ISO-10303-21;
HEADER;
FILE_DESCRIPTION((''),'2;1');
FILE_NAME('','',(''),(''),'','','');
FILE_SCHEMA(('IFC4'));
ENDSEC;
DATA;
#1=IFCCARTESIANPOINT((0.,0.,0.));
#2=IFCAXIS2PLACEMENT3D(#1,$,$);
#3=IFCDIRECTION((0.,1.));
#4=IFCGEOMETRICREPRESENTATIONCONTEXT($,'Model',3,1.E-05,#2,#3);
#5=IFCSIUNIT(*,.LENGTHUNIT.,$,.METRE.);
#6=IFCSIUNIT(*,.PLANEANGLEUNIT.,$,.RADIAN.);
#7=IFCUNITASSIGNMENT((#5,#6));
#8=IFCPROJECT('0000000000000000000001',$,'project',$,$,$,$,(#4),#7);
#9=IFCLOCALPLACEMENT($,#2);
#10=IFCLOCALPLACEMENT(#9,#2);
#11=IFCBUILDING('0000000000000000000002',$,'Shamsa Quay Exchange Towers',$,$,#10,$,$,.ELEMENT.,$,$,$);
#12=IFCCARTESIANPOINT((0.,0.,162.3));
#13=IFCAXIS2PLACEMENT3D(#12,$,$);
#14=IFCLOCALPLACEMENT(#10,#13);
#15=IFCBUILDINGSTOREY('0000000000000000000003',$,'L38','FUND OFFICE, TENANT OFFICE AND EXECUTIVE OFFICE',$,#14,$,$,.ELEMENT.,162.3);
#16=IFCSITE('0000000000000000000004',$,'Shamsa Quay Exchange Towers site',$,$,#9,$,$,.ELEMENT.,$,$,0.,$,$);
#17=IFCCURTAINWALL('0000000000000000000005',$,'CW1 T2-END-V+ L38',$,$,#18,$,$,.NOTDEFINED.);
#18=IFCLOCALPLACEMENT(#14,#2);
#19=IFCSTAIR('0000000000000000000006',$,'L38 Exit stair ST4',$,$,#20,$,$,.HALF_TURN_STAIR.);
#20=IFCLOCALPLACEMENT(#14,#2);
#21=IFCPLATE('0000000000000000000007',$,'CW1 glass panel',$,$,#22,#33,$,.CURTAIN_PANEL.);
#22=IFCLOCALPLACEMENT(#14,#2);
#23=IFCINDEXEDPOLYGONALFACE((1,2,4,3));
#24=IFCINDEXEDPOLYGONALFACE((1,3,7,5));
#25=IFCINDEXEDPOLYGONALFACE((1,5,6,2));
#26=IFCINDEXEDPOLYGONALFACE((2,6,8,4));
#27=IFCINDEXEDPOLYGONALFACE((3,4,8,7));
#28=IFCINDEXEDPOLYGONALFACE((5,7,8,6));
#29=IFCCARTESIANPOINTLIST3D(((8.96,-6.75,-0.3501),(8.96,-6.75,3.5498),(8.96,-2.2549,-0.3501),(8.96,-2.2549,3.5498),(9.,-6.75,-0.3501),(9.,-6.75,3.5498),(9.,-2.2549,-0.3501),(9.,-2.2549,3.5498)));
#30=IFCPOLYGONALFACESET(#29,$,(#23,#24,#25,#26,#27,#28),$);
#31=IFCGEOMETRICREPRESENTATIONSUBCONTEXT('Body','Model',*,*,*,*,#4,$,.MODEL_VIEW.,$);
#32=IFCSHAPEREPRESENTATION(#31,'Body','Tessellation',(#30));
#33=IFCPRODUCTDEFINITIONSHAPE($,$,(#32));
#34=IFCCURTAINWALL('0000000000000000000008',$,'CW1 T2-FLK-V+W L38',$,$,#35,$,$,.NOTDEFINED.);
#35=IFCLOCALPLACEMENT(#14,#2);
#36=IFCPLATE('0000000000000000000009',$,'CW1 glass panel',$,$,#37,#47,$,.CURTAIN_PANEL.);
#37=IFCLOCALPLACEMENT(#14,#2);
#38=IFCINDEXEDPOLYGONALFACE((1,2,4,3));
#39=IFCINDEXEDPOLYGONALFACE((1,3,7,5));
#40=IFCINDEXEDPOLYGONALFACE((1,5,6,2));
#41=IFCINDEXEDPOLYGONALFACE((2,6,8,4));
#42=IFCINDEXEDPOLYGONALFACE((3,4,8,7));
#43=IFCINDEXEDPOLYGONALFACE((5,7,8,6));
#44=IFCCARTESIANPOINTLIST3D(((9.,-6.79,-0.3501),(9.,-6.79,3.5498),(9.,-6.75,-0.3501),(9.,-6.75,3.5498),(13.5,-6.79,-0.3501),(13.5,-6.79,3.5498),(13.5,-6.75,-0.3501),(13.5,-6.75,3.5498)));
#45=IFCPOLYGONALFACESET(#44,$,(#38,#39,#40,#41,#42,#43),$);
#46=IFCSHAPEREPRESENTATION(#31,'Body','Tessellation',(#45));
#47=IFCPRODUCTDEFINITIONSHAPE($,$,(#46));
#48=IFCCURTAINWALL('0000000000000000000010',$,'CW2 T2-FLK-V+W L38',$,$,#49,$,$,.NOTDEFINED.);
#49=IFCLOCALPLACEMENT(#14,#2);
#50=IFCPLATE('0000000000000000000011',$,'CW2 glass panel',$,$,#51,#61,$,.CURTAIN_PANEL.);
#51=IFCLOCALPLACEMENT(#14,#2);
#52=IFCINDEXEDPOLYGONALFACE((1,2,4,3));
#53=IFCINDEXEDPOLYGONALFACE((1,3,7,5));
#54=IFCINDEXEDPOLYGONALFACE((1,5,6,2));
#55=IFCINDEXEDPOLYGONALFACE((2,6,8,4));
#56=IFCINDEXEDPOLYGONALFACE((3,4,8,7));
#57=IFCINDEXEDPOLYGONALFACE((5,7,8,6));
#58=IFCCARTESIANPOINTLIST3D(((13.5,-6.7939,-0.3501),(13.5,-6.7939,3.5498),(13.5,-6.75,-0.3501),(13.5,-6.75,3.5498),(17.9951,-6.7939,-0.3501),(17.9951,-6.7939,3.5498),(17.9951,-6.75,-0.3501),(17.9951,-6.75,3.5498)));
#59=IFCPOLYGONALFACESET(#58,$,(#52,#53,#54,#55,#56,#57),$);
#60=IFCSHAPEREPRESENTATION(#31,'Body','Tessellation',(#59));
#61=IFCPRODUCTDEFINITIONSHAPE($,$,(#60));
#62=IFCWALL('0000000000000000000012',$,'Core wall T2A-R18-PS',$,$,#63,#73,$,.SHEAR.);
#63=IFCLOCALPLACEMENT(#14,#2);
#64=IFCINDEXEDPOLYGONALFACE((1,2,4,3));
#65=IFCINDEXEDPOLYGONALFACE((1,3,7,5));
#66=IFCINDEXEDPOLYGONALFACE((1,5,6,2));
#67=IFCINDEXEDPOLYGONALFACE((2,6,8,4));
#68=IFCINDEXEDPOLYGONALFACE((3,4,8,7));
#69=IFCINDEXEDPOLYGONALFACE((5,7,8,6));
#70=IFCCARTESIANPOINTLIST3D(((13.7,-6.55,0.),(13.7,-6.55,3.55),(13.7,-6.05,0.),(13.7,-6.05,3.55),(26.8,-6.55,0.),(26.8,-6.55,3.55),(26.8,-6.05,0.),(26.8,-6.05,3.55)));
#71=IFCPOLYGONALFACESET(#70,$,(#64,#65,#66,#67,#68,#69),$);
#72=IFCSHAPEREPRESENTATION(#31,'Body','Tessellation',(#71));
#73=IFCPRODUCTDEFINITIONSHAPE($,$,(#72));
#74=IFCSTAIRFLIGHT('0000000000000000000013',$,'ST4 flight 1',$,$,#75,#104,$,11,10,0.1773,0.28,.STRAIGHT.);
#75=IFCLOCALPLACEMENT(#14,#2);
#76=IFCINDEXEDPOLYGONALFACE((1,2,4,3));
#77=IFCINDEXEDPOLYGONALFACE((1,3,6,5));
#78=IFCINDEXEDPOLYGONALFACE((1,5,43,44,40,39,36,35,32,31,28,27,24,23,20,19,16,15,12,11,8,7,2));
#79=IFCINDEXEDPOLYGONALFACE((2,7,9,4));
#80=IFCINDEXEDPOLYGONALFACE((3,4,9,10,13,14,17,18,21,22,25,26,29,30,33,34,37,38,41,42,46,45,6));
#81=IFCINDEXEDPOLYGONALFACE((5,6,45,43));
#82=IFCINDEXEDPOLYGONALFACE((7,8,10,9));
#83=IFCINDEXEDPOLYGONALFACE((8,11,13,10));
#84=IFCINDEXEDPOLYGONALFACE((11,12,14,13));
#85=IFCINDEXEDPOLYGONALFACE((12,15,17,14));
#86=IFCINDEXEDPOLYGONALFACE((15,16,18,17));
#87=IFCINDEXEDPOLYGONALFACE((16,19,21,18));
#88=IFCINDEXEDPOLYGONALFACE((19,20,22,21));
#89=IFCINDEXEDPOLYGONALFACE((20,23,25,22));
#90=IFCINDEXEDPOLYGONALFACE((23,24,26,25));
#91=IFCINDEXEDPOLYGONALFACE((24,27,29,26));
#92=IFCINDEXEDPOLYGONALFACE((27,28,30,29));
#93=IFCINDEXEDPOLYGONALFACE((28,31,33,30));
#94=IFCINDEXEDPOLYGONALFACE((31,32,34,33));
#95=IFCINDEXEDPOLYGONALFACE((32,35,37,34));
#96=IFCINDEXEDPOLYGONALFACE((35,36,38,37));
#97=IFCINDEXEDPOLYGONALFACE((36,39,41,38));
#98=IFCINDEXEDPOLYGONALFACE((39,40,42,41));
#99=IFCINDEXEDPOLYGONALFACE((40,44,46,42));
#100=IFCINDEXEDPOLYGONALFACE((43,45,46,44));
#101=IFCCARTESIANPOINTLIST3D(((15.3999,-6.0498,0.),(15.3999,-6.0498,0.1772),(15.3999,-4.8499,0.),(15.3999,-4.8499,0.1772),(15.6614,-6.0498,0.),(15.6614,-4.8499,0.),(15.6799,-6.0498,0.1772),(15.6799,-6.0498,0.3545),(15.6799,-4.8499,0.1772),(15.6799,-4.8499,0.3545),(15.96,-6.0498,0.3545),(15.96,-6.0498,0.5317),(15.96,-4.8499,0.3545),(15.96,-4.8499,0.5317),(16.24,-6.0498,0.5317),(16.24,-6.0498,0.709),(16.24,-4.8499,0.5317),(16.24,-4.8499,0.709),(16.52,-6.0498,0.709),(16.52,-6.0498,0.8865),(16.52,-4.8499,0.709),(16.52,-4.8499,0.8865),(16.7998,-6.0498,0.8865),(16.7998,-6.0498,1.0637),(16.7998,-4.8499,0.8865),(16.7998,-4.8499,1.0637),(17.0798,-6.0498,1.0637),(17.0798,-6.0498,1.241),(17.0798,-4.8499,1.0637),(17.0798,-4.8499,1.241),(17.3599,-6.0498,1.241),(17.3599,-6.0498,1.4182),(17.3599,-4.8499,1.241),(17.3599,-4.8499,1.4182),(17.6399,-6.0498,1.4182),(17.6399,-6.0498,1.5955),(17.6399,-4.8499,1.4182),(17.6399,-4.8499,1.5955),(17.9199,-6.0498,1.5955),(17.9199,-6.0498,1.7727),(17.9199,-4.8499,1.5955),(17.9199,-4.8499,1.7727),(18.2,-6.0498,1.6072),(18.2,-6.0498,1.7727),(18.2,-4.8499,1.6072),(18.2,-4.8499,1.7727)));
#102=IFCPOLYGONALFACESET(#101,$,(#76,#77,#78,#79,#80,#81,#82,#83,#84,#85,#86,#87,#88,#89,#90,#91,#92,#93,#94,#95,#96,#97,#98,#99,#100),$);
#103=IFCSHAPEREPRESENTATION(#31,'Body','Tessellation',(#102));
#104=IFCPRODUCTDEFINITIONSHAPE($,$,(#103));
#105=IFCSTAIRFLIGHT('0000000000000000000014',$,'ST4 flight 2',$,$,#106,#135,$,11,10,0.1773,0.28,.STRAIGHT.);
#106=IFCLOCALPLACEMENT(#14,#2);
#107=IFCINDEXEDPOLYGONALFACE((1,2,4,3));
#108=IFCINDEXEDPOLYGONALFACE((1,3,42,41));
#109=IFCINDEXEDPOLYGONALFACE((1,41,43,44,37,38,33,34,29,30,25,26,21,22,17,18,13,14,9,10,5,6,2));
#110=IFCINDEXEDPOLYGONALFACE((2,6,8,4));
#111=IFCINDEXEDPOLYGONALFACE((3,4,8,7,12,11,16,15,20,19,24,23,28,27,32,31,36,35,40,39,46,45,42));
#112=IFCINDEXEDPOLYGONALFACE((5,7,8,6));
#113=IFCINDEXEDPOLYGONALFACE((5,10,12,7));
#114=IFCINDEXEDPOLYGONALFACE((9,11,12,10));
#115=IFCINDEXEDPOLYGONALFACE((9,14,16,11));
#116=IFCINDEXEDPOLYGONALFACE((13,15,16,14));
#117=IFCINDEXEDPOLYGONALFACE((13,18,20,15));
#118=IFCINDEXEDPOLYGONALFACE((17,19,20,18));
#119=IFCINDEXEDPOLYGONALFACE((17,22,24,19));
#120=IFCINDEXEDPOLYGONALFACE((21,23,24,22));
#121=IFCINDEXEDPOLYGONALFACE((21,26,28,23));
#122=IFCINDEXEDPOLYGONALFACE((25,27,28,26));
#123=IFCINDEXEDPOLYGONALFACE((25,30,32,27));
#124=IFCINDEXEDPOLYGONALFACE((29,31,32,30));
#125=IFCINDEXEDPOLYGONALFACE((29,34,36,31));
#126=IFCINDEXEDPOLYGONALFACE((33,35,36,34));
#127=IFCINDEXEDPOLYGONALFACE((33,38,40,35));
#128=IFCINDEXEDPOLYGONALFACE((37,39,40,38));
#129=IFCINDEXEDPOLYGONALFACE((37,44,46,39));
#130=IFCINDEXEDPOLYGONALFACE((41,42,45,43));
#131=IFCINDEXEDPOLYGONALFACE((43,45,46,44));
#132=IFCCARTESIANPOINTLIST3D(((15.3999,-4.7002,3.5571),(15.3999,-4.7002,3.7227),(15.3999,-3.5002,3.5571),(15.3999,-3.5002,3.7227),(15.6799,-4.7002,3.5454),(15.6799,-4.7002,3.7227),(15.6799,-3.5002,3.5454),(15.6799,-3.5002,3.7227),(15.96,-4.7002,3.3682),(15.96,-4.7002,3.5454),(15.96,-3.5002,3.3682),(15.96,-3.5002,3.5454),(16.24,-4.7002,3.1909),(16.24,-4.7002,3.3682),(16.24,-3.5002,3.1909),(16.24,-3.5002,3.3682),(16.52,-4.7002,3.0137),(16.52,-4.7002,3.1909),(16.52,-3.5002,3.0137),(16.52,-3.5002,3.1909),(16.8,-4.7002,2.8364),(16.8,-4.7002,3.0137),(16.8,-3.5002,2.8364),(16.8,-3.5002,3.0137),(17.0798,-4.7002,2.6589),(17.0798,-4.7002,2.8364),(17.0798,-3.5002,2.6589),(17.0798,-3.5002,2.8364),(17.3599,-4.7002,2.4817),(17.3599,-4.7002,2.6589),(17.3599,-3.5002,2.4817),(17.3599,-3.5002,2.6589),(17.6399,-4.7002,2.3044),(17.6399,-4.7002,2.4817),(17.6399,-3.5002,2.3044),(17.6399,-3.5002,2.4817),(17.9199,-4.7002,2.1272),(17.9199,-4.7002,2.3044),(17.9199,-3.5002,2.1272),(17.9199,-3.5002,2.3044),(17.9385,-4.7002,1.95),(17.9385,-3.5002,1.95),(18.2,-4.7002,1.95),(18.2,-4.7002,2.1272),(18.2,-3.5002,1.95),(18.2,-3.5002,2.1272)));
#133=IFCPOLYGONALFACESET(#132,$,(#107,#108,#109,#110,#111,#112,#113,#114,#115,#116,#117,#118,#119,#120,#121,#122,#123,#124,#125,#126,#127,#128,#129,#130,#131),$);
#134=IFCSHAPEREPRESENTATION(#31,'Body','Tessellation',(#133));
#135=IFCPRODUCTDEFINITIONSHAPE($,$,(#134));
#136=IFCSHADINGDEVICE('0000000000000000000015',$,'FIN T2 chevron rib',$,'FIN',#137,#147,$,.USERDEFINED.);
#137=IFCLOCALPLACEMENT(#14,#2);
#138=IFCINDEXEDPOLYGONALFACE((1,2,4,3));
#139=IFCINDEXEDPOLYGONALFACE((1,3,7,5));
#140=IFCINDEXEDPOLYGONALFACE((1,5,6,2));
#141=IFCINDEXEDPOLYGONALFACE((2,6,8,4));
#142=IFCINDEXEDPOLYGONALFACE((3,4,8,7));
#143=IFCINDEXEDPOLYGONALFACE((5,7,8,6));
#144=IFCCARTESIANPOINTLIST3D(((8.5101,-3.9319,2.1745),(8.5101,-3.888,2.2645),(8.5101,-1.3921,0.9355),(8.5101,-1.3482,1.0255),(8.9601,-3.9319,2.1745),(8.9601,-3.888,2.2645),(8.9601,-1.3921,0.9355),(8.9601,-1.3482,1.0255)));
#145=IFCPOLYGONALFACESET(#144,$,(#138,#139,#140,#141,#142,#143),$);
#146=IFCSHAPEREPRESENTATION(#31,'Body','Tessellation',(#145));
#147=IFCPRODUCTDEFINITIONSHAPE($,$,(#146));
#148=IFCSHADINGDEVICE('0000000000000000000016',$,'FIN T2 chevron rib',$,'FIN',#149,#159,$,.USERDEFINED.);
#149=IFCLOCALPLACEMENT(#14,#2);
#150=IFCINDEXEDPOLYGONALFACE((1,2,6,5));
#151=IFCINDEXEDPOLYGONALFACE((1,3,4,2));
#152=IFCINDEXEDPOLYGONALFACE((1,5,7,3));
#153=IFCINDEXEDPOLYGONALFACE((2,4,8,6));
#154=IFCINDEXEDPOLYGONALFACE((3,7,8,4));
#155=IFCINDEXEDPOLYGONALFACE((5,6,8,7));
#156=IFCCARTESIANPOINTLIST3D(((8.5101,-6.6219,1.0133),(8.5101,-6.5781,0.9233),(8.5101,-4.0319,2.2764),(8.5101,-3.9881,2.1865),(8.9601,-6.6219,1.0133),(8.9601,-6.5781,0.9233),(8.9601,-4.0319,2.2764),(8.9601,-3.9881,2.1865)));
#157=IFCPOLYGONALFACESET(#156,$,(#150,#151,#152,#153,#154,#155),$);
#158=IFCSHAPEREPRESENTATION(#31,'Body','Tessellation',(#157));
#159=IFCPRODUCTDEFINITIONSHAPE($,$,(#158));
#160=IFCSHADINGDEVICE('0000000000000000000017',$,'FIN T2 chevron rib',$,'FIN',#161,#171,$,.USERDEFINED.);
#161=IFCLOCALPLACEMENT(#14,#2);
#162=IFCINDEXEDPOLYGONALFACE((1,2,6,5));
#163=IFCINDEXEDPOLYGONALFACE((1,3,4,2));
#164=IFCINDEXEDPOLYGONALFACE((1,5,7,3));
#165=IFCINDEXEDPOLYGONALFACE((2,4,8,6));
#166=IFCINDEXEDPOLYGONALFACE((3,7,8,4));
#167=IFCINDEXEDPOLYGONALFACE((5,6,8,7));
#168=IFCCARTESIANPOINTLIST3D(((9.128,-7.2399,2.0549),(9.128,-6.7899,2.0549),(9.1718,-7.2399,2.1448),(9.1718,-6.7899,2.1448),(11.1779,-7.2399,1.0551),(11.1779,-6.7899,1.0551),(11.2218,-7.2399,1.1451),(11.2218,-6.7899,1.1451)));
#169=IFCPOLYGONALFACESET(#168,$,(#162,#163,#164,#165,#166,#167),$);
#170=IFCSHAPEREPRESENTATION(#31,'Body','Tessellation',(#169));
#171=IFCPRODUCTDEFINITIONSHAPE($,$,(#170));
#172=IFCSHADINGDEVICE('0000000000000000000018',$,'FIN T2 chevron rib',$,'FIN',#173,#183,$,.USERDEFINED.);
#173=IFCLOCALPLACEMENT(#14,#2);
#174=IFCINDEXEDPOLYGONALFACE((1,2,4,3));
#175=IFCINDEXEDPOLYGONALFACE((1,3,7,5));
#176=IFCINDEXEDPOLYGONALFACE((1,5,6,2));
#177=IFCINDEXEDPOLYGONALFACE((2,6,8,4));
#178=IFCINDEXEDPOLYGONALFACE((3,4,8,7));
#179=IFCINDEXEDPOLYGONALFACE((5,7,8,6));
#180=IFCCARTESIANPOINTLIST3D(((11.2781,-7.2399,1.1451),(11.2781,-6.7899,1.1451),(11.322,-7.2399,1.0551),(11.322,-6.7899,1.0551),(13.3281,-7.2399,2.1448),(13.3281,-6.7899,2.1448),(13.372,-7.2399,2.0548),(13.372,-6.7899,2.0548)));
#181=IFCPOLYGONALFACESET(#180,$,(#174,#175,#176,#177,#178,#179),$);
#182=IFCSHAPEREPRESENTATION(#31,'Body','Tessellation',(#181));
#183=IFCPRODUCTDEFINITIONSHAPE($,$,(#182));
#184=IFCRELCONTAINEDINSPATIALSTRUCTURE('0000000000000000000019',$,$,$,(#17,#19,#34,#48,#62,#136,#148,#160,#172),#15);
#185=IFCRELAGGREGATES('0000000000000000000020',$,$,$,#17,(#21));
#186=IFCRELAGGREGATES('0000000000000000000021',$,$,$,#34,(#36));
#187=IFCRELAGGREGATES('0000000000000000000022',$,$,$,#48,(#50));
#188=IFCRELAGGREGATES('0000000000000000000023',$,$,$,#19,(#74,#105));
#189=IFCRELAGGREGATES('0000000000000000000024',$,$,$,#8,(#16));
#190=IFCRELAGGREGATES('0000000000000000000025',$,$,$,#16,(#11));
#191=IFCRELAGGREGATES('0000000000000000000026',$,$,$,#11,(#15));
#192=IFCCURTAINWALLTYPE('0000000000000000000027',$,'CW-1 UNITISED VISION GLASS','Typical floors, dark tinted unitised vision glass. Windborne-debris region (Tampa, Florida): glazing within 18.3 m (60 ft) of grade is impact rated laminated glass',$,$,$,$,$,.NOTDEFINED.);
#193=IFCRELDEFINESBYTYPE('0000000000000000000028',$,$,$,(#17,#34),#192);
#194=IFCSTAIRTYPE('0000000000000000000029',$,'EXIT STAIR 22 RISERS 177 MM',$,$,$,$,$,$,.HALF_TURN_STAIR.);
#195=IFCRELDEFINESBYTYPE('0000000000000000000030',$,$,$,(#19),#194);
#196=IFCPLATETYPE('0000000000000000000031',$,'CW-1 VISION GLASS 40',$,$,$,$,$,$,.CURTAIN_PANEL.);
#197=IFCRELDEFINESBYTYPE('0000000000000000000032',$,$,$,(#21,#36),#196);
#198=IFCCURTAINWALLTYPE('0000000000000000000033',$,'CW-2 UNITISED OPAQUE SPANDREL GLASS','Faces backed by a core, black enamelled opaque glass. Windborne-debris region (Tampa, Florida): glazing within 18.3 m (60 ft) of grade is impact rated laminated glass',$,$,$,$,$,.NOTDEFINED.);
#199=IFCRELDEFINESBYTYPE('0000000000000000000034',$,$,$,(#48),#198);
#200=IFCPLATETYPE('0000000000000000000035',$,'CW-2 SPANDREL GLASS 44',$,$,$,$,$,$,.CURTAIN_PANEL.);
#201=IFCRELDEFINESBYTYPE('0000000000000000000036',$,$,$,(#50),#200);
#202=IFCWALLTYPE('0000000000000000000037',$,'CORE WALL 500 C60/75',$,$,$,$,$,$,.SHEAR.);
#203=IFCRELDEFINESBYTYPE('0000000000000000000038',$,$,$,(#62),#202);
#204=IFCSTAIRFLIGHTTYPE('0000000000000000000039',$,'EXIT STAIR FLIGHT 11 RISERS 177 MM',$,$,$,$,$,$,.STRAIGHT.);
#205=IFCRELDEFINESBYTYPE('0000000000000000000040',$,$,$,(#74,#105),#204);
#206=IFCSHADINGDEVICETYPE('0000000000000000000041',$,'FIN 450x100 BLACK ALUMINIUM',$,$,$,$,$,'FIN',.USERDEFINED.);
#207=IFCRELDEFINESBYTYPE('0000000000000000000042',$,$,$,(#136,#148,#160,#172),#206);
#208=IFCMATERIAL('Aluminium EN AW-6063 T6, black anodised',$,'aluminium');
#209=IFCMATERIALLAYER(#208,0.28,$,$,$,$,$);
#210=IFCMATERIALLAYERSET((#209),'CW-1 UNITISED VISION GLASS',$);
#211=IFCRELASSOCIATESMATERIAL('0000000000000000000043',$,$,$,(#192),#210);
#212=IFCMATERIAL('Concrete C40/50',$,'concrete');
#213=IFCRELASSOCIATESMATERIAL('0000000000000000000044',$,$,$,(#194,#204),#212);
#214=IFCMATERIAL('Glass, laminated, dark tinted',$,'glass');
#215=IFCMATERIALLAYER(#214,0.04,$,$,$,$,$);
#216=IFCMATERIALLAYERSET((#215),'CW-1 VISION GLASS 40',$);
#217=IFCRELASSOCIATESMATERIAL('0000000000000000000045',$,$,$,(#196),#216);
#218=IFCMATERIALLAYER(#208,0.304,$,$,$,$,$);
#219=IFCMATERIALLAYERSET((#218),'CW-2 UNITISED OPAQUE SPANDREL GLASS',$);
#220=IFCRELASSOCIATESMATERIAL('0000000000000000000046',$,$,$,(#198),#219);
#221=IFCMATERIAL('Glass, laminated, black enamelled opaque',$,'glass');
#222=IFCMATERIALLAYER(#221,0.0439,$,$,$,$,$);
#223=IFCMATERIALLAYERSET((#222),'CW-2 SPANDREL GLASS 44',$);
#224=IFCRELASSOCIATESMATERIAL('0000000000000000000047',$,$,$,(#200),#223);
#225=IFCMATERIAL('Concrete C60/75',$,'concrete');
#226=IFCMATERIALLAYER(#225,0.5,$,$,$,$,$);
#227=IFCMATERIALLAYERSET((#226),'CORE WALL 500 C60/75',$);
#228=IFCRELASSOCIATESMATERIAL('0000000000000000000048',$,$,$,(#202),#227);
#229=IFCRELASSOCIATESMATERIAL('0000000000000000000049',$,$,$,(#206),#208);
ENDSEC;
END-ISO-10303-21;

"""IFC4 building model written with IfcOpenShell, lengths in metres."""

from ifc_helpers import new_model, si_unit, direction, frame, frame_2d, origin, origin_2d, place, context, subcontext, project, spatial, polyline, rectangle, outline, extrude, material, layer, layer_set, material_profile, profile_set, type_object, element, aggregate, save


model = new_model("IFC4")

# Units and contexts
model_context = context("Model", 3, precision=1e-05, world=origin(), true_north=direction((0.0, 1.0)))
body_context = subcontext(model_context, "Body", "Model", "MODEL_VIEW")
ifc_project = project(units=[si_unit("LENGTHUNIT", "METRE"), si_unit("PLANEANGLEUNIT", "RADIAN")], contexts=[model_context])

# Site, building, storey
site_placement = place(None, origin())
site = spatial("IfcSite", under=ifc_project, at=site_placement, Name="Shamsa Quay Exchange Towers site", CompositionType="ELEMENT", RefElevation=0.0)
building_placement = place(site_placement, origin())
building = spatial("IfcBuilding", under=site, at=building_placement, Name="Shamsa Quay Exchange Towers", CompositionType="ELEMENT")
storey_placement = place(building_placement, frame((0.0, 0.0, 162.3)))
storey = spatial("IfcBuildingStorey", under=building, at=storey_placement, Name="L38", Description="FUND OFFICE, TENANT OFFICE AND EXECUTIVE OFFICE", CompositionType="ELEMENT", Elevation=162.3)

# Curtain wall
ifc_material_1 = material(Name="Aluminium EN AW-6063 T6, black anodised", Category="aluminium")
ifc_layer_1 = layer(ifc_material_1, 0.28)
ifc_layer_set_1 = layer_set([ifc_layer_1], Name="CW-1 UNITISED VISION GLASS")
curtain_wall_type_1 = type_object("IfcCurtainWallType", Name="CW-1 UNITISED VISION GLASS", Description="Typical floors, dark tinted unitised vision glass. Windborne-debris region (Tampa, Florida): glazing within 18.3 m (60 ft) of grade is impact rated laminated glass", PredefinedType="NOTDEFINED", material=ifc_layer_set_1)
curtain_wall_1_placement = place(storey_placement, origin())
curtain_wall_1 = element("IfcCurtainWall", 1, at=curtain_wall_1_placement, inside=storey, type_object=curtain_wall_type_1, Name="CW1 T2-END-V+ L38", PredefinedType="NOTDEFINED")

# Stair
ifc_material_2 = material(Name="Concrete C40/50", Category="concrete")
stair_type = type_object("IfcStairType", Name="EXIT STAIR 22 RISERS 177 MM", PredefinedType="HALF_TURN_STAIR", material=ifc_material_2)
stair_placement = place(storey_placement, origin())
stair = element("IfcStair", 2, at=stair_placement, inside=storey, type_object=stair_type, Name="L38 Exit stair ST4", PredefinedType="HALF_TURN_STAIR")

# Plate
ifc_material_3 = material(Name="Glass, laminated, dark tinted", Category="glass")
ifc_layer_2 = layer(ifc_material_3, 0.04)
ifc_layer_set_2 = layer_set([ifc_layer_2], Name="CW-1 VISION GLASS 40")
plate_type_1 = type_object("IfcPlateType", Name="CW-1 VISION GLASS 40", PredefinedType="CURTAIN_PANEL", material=ifc_layer_set_2)
plate_1_placement = place(storey_placement, frame((8.98, -4.5024, -0.3501), z_axis=(0.0, 0.0, 1.0), x_axis=(0.0, -1.0, 0.0)))
plate_1 = element("IfcPlate", 3, at=plate_1_placement, type_object=plate_type_1, Name="CW1 glass panel", PredefinedType="CURTAIN_PANEL", context=body_context, shape_type="SweptSolid", body=[
    extrude(rectangle(XDim=4.4951, YDim=0.04, at=origin_2d()), origin(), (0.0, 0.0, 1.0), 3.8999),
])
aggregate(curtain_wall_1, [plate_1])

# Curtain walls, plates
curtain_wall_2_placement = place(storey_placement, origin())
curtain_wall_2 = element("IfcCurtainWall", 4, at=curtain_wall_2_placement, inside=storey, type_object=curtain_wall_type_1, Name="CW1 T2-FLK-V+W L38", PredefinedType="NOTDEFINED")
plate_2_placement = place(storey_placement, frame((11.25, -6.77, -0.3501)))
plate_2 = element("IfcPlate", 5, at=plate_2_placement, type_object=plate_type_1, Name="CW1 glass panel", PredefinedType="CURTAIN_PANEL", context=body_context, shape_type="SweptSolid", body=[
    extrude(rectangle(XDim=4.5, YDim=0.04, at=origin_2d()), origin(), (0.0, 0.0, 1.0), 3.8999),
])
aggregate(curtain_wall_2, [plate_2])
ifc_layer_3 = layer(ifc_material_1, 0.304)
ifc_layer_set_3 = layer_set([ifc_layer_3], Name="CW-2 UNITISED OPAQUE SPANDREL GLASS")
curtain_wall_type_2 = type_object("IfcCurtainWallType", Name="CW-2 UNITISED OPAQUE SPANDREL GLASS", Description="Faces backed by a core, black enamelled opaque glass. Windborne-debris region (Tampa, Florida): glazing within 18.3 m (60 ft) of grade is impact rated laminated glass", PredefinedType="NOTDEFINED", material=ifc_layer_set_3)
curtain_wall_3_placement = place(storey_placement, origin())
curtain_wall_3 = element("IfcCurtainWall", 6, at=curtain_wall_3_placement, inside=storey, type_object=curtain_wall_type_2, Name="CW2 T2-FLK-V+W L38", PredefinedType="NOTDEFINED")
ifc_material_4 = material(Name="Glass, laminated, black enamelled opaque", Category="glass")
ifc_layer_4 = layer(ifc_material_4, 0.0439)
ifc_layer_set_4 = layer_set([ifc_layer_4], Name="CW-2 SPANDREL GLASS 44")
plate_type_2 = type_object("IfcPlateType", Name="CW-2 SPANDREL GLASS 44", PredefinedType="CURTAIN_PANEL", material=ifc_layer_set_4)
plate_3_placement = place(storey_placement, frame((15.7476, -6.772, -0.3501)))
plate_3 = element("IfcPlate", 7, at=plate_3_placement, type_object=plate_type_2, Name="CW2 glass panel", PredefinedType="CURTAIN_PANEL", context=body_context, shape_type="SweptSolid", body=[
    extrude(rectangle(XDim=4.4951, YDim=0.0439, at=origin_2d()), origin(), (0.0, 0.0, 1.0), 3.8999),
])
aggregate(curtain_wall_3, [plate_3])

# Wall
ifc_material_5 = material(Name="Concrete C60/75", Category="concrete")
ifc_layer_5 = layer(ifc_material_5, 0.5)
ifc_layer_set_5 = layer_set([ifc_layer_5], Name="CORE WALL 500 C60/75")
wall_type = type_object("IfcWallType", Name="CORE WALL 500 C60/75", PredefinedType="SHEAR", material=ifc_layer_set_5)
wall_placement = place(storey_placement, frame((13.7, -6.3, 0.0)))
element("IfcWall", 8, at=wall_placement, inside=storey, type_object=wall_type, Name="Core wall T2A-R18-PS", PredefinedType="SHEAR", context=body_context, shape_type="SweptSolid", body=[
    extrude(rectangle(XDim=13.1001, YDim=0.5, at=frame_2d((6.55, 0.0))), origin(), (0.0, 0.0, 1.0), 3.55),
])

# Stair flights
stair_flight_type = type_object("IfcStairFlightType", Name="EXIT STAIR FLIGHT 11 RISERS 177 MM", PredefinedType="STRAIGHT", material=ifc_material_2)
stair_flight_1_placement = place(storey_placement, frame((15.3999, -5.45, 0.0)))
stair_flight_1 = element("IfcStairFlight", 9, at=stair_flight_1_placement, type_object=stair_flight_type, Name="ST4 flight 1", NumberOfRisers=11, NumberOfTreads=10, PredefinedType="STRAIGHT", RiserHeight=0.1773, TreadLength=0.28, context=body_context, shape_type="SweptSolid", body=[
    extrude(outline(polyline([(0.0, 0.0), (0.0, 0.1772), (0.28, 0.1772), (0.28, 0.3545), (0.5601, 0.3545), (0.5601, 0.5317), (0.8401, 0.5317), (0.8401, 0.709), (1.1201, 0.709), (1.1201, 0.8865), (1.3999, 0.8865), (1.3999, 1.0637), (1.6799, 1.0637), (1.6799, 1.241), (1.96, 1.241), (1.96, 1.4182), (2.24, 1.4182), (2.24, 1.5955), (2.52, 1.5955), (2.52, 1.7727), (2.8, 1.7727), (2.8, 1.95), (2.8, 1.6072), (0.2615, 0.0), (0.0, 0.0)])), frame((0.0, 0.6001, 0.0), z_axis=(0.0, -1.0, 0.0), x_axis=(1.0, 0.0, 0.0)), (0.0, 0.0, 1.0), 1.2),
])
stair_flight_2_placement = place(storey_placement, frame((18.2, -4.1001, 1.95), z_axis=(0.0, 0.0, 1.0), x_axis=(-1.0, 0.0, 0.0)))
stair_flight_2 = element("IfcStairFlight", 10, at=stair_flight_2_placement, type_object=stair_flight_type, Name="ST4 flight 2", NumberOfRisers=11, NumberOfTreads=10, PredefinedType="STRAIGHT", RiserHeight=0.1773, TreadLength=0.28, context=body_context, shape_type="SweptSolid", body=[
    extrude(outline(polyline([(0.0, 0.0), (0.0, 0.1772), (0.28, 0.1772), (0.28, 0.3545), (0.5601, 0.3545), (0.5601, 0.5317), (0.8401, 0.5317), (0.8401, 0.709), (1.1201, 0.709), (1.1201, 0.8865), (1.3999, 0.8865), (1.3999, 1.0637), (1.6799, 1.0637), (1.6799, 1.241), (1.96, 1.241), (1.96, 1.4182), (2.24, 1.4182), (2.24, 1.5955), (2.52, 1.5955), (2.52, 1.7727), (2.8, 1.7727), (2.8, 1.95), (2.8, 1.6072), (0.2615, 0.0), (0.0, 0.0)])), frame((0.0, 0.6001, 0.0), z_axis=(0.0, -1.0, 0.0), x_axis=(1.0, 0.0, 0.0)), (0.0, 0.0, 1.0), 1.2),
])
aggregate(stair, [stair_flight_1, stair_flight_2])

# Shading devices
ifc_material_profile_1 = material_profile(ifc_material_1, rectangle(XDim=0.45, YDim=0.1001, at=origin_2d()), Name="FIN450x100")
ifc_profile_set_1 = profile_set([ifc_material_profile_1], Name="Aluminium EN AW-6063 T6, black anodised")
shading_device_type = type_object("IfcShadingDeviceType", Name="FIN 450x100 BLACK ALUMINIUM", ElementType="FIN", PredefinedType="USERDEFINED", material=ifc_profile_set_1)
shading_device_1_placement = place(storey_placement, frame((8.7351, -1.3701, 0.9805), z_axis=(0.0, -0.898756, 0.438449), x_axis=(1.0, 0.0, 0.0)))
element("IfcShadingDevice", 11, at=shading_device_1_placement, inside=storey, type_object=shading_device_type, Name="FIN T2 chevron rib", ObjectType="FIN", PredefinedType="USERDEFINED", context=body_context, shape_type="SweptSolid", body=[
    extrude(rectangle(XDim=0.45, YDim=0.1001, at=origin_2d()), origin(), (0.0, 0.0, 1.0), 2.8259),
])
shading_device_2_placement = place(storey_placement, frame((8.7351, -4.01, 2.2314), z_axis=(0.0, -0.898806, -0.438347), x_axis=(1.0, 0.0, 0.0)))
element("IfcShadingDevice", 12, at=shading_device_2_placement, inside=storey, type_object=shading_device_type, Name="FIN T2 chevron rib", ObjectType="FIN", PredefinedType="USERDEFINED", context=body_context, shape_type="SweptSolid", body=[
    extrude(rectangle(XDim=0.45, YDim=0.1001, at=origin_2d()), origin(), (0.0, 0.0, 1.0), 2.8816),
])
for number, where, z_axis, x_axis, name in (
    (13, (9.1499, -7.0149, 2.0999), (0.898815, 0.0, -0.438329), (0.0, 1.0, 0.0), "FIN T2 chevron rib"),
    (14, (11.3, -7.0149, 1.1001), (0.898815, 0.0, 0.438329), (0.0, 1.0, 0.0), "FIN T2 chevron rib"),
):
    element("IfcShadingDevice", number, at=place(storey_placement, frame(where, z_axis=z_axis, x_axis=x_axis)), inside=storey, type_object=shading_device_type, Name=name, ObjectType="FIN", PredefinedType="USERDEFINED", context=body_context, shape_type="SweptSolid", body=[
        extrude(rectangle(XDim=0.45, YDim=0.1001, at=origin_2d()), origin(), (0.0, 0.0, 1.0), 2.2808),
    ])

save(model, "model.ifc")
